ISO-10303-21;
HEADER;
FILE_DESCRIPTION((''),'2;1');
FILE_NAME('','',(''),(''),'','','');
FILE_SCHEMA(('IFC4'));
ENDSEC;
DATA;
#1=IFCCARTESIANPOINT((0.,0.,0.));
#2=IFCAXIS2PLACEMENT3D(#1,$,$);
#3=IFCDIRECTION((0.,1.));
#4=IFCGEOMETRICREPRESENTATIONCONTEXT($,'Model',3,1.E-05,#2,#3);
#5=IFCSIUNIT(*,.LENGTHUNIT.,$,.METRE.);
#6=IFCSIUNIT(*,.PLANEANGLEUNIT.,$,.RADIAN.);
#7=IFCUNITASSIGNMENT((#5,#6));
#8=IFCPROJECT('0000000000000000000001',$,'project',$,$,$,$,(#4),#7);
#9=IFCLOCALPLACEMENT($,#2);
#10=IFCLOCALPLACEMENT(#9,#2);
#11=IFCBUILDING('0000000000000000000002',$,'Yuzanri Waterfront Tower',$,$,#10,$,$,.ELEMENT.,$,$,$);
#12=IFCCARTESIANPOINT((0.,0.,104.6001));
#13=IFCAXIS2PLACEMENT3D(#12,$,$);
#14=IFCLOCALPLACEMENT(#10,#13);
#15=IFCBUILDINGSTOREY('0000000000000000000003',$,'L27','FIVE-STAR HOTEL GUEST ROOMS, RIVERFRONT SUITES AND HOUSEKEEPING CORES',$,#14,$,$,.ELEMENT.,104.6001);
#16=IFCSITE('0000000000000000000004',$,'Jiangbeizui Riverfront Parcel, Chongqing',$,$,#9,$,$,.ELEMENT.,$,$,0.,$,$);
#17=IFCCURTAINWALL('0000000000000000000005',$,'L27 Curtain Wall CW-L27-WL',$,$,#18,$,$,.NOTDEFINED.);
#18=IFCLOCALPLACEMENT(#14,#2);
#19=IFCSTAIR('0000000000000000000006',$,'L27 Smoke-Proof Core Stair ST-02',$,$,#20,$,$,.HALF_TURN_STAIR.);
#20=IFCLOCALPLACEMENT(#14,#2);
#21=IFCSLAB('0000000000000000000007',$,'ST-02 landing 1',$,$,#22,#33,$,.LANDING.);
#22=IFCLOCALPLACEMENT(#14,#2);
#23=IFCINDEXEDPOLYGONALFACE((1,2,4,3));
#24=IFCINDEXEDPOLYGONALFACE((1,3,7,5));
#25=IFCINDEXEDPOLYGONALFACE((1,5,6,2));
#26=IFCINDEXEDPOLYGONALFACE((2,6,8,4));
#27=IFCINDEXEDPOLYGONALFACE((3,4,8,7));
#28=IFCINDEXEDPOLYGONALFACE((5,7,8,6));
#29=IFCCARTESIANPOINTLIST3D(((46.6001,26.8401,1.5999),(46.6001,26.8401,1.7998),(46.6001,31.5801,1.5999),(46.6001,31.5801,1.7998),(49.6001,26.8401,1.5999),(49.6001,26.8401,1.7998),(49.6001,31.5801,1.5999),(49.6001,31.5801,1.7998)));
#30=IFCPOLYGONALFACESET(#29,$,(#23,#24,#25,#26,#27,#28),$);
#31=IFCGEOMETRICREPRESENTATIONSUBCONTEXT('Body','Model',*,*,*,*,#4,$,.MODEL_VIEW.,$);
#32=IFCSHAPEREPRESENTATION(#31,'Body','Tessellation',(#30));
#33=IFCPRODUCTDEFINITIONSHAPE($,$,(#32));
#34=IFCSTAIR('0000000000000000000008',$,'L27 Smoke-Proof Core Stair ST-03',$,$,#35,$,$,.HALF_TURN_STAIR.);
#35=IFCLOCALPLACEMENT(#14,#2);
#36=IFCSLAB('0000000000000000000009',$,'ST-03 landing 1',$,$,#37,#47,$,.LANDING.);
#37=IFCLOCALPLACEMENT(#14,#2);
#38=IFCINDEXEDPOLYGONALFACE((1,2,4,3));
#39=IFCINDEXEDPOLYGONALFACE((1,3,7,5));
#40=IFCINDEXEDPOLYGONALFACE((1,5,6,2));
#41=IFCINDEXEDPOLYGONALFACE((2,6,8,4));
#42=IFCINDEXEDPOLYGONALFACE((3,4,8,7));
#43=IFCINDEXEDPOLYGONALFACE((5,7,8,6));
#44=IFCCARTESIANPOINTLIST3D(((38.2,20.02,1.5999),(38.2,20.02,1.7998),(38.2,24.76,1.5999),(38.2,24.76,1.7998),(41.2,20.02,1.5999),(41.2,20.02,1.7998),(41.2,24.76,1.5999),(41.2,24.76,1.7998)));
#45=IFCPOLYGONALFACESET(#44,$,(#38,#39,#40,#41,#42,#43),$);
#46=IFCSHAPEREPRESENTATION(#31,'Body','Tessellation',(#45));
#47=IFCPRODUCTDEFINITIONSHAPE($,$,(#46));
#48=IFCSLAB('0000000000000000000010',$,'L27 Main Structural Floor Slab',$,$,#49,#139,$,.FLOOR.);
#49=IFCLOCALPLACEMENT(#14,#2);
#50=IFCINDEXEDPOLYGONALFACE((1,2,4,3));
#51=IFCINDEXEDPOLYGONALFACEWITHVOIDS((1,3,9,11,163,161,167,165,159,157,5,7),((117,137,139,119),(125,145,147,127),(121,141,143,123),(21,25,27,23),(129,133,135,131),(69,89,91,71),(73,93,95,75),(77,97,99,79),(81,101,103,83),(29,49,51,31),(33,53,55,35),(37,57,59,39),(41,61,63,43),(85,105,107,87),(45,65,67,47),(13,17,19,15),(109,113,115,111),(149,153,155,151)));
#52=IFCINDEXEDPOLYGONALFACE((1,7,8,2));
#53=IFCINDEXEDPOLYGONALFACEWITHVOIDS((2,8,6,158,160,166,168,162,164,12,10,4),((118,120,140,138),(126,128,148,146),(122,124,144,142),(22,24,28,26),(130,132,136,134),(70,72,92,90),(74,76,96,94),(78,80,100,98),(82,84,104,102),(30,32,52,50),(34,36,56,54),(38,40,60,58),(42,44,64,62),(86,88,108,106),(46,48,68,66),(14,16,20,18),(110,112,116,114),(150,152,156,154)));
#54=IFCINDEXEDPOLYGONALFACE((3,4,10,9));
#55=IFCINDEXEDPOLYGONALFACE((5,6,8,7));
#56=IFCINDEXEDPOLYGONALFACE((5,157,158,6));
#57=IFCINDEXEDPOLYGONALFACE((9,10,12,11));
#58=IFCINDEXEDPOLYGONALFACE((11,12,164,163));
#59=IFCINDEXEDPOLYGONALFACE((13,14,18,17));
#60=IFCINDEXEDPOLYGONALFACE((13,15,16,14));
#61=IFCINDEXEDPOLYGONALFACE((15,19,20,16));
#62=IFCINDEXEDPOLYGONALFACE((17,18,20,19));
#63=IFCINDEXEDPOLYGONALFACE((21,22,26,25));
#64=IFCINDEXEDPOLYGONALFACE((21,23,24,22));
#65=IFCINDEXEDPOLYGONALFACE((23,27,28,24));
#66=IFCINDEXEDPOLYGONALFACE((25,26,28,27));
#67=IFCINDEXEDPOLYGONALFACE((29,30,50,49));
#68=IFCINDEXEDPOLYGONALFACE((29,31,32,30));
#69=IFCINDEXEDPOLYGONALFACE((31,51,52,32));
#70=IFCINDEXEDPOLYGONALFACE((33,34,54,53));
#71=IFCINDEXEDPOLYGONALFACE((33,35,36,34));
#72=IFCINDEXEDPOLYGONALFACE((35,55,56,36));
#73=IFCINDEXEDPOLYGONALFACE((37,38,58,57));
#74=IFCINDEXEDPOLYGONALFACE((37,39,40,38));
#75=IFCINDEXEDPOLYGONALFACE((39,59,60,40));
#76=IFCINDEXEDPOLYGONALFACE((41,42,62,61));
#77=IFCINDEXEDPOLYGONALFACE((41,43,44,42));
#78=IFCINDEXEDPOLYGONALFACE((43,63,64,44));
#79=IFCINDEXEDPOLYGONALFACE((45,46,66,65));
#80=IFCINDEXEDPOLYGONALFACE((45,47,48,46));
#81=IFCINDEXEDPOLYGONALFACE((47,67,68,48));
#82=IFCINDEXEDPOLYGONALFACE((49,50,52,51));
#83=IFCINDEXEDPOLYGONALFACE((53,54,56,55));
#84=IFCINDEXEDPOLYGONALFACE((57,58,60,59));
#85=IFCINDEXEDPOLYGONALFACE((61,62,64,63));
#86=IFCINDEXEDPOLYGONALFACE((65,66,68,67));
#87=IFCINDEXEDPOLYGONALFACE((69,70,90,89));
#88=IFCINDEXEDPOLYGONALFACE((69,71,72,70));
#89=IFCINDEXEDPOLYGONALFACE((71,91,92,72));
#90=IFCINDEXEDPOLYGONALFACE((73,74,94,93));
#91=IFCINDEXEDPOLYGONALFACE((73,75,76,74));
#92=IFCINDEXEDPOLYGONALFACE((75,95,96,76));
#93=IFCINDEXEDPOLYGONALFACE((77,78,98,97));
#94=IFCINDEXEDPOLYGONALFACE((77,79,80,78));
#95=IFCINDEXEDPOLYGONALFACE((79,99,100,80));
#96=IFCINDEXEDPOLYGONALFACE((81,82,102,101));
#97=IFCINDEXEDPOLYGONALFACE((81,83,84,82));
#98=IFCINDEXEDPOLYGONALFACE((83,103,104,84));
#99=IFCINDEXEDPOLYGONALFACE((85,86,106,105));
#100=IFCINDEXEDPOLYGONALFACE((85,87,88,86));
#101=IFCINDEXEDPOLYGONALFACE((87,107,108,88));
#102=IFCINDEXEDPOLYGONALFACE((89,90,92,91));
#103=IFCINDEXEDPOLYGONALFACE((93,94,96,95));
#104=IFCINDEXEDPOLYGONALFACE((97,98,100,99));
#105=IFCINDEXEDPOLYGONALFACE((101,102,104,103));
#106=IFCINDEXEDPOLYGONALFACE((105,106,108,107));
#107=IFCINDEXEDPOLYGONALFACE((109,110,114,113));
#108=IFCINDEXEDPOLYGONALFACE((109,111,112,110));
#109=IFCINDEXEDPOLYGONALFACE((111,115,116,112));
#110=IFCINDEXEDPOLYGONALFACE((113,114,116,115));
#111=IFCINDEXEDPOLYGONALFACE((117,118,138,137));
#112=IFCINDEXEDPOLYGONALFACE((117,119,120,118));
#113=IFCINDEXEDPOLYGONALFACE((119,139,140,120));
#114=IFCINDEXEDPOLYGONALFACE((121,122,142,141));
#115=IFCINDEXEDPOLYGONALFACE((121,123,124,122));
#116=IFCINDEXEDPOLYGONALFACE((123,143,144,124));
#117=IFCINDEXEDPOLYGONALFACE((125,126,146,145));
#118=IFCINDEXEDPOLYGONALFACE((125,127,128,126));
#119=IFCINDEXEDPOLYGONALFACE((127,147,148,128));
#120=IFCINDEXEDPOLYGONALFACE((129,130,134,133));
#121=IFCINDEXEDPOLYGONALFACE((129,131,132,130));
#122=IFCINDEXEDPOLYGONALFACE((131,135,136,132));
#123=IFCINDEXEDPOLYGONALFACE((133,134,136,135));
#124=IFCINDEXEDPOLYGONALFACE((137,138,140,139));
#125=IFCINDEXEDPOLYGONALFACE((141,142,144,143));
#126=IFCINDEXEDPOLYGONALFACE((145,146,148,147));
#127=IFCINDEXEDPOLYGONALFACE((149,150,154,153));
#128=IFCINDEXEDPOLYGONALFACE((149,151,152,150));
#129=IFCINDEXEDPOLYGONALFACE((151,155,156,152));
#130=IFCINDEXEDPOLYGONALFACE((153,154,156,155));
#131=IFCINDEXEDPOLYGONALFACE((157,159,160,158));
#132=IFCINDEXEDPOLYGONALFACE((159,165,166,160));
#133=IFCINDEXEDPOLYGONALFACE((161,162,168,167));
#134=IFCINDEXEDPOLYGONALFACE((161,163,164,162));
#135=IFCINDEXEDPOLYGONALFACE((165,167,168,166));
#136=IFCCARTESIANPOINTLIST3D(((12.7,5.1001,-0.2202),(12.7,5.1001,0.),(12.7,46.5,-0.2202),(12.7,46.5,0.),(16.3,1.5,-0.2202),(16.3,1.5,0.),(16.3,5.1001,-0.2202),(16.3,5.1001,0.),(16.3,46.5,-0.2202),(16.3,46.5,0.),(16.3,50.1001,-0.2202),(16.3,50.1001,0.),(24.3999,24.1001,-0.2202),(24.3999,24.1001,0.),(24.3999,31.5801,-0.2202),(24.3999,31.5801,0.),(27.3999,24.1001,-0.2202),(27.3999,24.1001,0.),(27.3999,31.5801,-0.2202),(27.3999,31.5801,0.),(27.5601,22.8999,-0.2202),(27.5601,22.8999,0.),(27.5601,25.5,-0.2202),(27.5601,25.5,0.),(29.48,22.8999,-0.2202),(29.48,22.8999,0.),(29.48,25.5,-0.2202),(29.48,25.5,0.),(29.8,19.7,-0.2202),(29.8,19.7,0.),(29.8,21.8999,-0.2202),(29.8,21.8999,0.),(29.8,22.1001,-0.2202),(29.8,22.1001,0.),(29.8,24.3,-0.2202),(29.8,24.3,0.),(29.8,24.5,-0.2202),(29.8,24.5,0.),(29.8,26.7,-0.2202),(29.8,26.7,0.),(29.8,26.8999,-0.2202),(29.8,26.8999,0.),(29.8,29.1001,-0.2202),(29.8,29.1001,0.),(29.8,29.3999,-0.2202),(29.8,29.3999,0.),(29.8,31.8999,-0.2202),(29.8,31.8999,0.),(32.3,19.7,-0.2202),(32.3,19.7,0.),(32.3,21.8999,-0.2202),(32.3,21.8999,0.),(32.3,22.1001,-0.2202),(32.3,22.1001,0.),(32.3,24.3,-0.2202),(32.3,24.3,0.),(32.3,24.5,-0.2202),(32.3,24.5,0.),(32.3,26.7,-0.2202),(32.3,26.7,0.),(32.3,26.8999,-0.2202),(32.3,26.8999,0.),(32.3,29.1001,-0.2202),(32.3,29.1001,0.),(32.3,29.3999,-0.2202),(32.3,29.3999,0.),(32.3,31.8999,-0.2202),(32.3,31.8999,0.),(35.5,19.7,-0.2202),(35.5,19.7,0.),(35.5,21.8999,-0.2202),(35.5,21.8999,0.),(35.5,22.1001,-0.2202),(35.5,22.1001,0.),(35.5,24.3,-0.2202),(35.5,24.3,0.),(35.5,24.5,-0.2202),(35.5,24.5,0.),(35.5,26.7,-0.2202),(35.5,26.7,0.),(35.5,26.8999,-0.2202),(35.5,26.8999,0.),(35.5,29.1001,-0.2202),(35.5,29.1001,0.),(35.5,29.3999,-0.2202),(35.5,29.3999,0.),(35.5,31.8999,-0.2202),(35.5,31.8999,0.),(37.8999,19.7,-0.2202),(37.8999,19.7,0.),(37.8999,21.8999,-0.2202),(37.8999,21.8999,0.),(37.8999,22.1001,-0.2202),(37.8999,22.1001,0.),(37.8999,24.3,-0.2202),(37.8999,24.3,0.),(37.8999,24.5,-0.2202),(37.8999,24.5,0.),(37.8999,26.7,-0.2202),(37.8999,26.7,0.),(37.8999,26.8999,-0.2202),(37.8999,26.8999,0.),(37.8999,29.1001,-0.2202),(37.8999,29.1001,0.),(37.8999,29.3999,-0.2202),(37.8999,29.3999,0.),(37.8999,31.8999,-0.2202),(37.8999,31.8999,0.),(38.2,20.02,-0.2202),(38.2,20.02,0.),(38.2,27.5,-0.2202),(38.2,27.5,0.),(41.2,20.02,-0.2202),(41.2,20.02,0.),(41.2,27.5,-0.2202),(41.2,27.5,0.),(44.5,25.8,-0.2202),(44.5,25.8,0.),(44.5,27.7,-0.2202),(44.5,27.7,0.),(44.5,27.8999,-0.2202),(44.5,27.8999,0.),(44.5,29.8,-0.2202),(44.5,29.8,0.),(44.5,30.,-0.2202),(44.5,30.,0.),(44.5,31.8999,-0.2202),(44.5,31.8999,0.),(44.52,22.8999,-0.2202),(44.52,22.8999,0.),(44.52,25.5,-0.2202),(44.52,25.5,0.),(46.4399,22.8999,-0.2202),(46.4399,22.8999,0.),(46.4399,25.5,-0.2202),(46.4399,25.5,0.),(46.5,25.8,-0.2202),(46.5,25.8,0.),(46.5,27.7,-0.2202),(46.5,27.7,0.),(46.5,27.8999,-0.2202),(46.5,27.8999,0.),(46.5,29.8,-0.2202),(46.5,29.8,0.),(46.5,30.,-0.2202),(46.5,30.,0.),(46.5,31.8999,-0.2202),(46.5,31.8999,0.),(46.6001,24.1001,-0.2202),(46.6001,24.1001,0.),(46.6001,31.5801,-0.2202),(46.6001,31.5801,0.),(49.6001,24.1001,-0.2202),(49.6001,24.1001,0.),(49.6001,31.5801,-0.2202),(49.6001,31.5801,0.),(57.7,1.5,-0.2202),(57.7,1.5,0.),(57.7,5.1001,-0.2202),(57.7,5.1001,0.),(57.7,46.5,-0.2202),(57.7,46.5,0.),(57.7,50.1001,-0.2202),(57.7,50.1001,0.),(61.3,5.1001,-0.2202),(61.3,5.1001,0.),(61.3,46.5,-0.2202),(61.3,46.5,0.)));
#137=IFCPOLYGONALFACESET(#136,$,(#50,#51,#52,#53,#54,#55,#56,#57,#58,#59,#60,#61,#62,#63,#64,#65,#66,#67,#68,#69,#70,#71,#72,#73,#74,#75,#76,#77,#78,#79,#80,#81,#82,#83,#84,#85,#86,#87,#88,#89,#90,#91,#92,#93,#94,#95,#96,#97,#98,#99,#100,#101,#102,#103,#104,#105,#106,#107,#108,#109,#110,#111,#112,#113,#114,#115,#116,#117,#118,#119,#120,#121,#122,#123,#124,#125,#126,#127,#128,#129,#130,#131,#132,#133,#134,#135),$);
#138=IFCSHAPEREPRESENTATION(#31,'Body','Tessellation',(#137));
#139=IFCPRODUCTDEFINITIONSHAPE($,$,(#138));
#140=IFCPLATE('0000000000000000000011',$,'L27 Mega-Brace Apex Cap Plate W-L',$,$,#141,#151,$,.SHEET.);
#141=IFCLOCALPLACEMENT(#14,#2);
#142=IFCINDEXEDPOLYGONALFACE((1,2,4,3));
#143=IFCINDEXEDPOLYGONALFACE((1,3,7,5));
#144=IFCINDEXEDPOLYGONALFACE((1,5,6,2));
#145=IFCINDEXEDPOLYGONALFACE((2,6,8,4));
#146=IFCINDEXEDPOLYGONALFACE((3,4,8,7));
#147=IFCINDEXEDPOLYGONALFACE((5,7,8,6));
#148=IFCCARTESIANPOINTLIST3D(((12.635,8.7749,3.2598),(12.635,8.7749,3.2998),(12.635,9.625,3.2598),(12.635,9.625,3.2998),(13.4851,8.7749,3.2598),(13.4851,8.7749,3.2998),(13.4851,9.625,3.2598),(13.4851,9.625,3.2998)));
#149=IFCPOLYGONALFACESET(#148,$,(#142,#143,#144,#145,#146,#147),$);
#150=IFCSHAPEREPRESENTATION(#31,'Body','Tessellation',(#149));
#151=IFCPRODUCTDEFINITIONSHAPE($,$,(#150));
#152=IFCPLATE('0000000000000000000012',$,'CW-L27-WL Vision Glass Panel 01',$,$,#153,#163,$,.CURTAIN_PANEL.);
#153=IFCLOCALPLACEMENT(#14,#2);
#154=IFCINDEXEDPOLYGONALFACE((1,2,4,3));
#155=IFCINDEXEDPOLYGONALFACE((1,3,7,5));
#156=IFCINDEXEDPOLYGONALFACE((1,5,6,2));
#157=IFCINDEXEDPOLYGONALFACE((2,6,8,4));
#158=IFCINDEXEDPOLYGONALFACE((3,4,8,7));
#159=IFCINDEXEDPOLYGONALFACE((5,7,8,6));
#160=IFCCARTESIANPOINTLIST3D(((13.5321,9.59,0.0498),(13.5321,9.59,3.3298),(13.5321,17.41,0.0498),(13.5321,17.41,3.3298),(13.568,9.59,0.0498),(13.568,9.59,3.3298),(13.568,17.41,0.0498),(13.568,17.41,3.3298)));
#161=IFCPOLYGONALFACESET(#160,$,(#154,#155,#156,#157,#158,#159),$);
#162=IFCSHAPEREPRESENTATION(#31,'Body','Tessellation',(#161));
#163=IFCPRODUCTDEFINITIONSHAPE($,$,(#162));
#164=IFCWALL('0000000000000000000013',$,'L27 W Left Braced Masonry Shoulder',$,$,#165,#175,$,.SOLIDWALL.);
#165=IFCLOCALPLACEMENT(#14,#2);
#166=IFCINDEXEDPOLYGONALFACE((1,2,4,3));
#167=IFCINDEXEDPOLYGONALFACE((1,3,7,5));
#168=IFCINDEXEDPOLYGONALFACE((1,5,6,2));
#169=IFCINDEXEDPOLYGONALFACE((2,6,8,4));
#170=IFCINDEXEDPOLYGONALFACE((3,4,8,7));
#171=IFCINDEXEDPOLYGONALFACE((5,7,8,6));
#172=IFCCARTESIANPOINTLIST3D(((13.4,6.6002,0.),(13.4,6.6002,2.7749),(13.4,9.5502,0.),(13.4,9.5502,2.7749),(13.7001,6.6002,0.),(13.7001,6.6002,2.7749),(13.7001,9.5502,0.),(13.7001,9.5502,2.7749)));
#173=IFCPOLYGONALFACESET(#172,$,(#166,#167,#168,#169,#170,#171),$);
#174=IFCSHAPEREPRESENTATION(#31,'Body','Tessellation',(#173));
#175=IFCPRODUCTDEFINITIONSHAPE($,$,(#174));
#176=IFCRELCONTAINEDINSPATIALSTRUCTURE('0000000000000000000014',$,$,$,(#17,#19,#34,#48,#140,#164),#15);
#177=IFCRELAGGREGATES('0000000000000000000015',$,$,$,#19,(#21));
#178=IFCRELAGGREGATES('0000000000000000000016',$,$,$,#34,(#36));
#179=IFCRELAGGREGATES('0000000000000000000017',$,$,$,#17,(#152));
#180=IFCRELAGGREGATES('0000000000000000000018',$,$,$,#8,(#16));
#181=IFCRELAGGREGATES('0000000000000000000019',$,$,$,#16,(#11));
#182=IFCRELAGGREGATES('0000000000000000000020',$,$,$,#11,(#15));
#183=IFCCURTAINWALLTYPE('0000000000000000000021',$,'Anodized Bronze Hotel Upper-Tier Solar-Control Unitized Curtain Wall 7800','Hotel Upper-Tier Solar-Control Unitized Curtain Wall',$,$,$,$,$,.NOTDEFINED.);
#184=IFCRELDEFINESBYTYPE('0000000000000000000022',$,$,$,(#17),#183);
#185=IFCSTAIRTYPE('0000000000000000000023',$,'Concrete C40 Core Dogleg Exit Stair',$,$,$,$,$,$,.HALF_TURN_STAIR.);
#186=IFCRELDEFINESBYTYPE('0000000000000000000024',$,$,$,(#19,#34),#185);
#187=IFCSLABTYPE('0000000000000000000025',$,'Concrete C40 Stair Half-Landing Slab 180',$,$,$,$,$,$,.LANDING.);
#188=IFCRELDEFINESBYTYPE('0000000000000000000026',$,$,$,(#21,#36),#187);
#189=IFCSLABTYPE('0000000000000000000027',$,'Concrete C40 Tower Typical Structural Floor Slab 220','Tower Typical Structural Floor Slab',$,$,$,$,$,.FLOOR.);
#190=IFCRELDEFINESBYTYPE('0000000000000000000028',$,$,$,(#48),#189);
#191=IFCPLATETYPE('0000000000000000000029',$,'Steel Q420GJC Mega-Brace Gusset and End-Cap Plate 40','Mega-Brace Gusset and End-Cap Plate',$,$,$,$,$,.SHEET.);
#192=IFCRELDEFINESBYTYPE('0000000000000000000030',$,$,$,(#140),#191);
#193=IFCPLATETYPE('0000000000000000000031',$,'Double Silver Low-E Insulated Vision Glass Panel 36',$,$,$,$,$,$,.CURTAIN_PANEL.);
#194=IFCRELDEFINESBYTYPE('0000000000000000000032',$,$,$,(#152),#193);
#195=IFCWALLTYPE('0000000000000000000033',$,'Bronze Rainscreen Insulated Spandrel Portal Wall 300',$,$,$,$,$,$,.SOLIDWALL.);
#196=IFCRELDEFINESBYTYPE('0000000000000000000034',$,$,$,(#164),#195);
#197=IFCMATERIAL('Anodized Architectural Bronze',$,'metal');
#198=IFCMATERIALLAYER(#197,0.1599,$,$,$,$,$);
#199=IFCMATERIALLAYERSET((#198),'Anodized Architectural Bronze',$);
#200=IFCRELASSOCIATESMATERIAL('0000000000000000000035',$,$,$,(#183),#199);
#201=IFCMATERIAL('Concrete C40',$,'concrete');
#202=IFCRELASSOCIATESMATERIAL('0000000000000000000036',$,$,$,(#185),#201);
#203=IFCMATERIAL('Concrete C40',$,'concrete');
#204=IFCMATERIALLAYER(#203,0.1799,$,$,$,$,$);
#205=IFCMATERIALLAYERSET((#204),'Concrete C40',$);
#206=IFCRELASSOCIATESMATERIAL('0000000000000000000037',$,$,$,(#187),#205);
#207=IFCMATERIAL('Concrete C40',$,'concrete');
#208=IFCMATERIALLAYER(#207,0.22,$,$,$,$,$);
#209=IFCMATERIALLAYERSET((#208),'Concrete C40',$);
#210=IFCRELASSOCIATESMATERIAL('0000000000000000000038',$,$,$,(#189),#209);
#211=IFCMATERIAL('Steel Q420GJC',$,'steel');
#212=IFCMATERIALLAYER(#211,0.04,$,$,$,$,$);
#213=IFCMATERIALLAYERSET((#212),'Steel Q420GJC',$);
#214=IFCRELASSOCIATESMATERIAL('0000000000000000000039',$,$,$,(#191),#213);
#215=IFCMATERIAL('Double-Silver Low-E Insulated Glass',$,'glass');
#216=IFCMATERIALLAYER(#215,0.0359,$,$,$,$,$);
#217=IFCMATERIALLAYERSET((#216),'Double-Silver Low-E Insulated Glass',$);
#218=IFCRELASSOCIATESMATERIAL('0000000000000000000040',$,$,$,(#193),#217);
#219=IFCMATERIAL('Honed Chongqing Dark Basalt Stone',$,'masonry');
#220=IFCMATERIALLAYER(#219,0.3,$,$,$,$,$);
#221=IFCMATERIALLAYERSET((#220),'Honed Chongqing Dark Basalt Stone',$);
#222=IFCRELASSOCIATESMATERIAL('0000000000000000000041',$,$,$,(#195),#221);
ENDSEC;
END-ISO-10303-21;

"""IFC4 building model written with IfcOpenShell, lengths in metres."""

from ifc_helpers import new_model, si_unit, direction, frame, frame_2d, origin, origin_2d, place, context, subcontext, project, spatial, polyline, rectangle, outline, extrude, source, transform, mapped, material, layer, layer_set, type_object, element, aggregate, save


model = new_model("IFC4")

# Units and contexts
model_context = context("Model", 3, precision=1e-05, world=origin(), true_north=direction((0.0, 1.0)))
body_context = subcontext(model_context, "Body", "Model", "MODEL_VIEW")
ifc_project = project(units=[si_unit("LENGTHUNIT", "METRE"), si_unit("PLANEANGLEUNIT", "RADIAN")], contexts=[model_context])

# Site, building, storey
site_placement = place(None, origin())
site = spatial("IfcSite", under=ifc_project, at=site_placement, Name="Jiangbeizui Riverfront Parcel, Chongqing", CompositionType="ELEMENT", RefElevation=0.0)
building_placement = place(site_placement, origin())
building = spatial("IfcBuilding", under=site, at=building_placement, Name="Yuzanri Waterfront Tower", CompositionType="ELEMENT")
storey_placement = place(building_placement, frame((0.0, 0.0, 104.6001)))
storey = spatial("IfcBuildingStorey", under=building, at=storey_placement, Name="L27", Description="FIVE-STAR HOTEL GUEST ROOMS, RIVERFRONT SUITES AND HOUSEKEEPING CORES", CompositionType="ELEMENT", Elevation=104.6001)

# Curtain wall
ifc_material_1 = material(Name="Anodized Architectural Bronze", Category="metal")
ifc_layer_1 = layer(ifc_material_1, 0.1599)
ifc_layer_set_1 = layer_set([ifc_layer_1], Name="Anodized Architectural Bronze")
curtain_wall_type = type_object("IfcCurtainWallType", Name="Anodized Bronze Hotel Upper-Tier Solar-Control Unitized Curtain Wall 7800", Description="Hotel Upper-Tier Solar-Control Unitized Curtain Wall", PredefinedType="NOTDEFINED", material=ifc_layer_set_1)
curtain_wall_placement = place(storey_placement, origin())
curtain_wall = element("IfcCurtainWall", 1, at=curtain_wall_placement, inside=storey, type_object=curtain_wall_type, Name="L27 Curtain Wall CW-L27-WL", PredefinedType="NOTDEFINED")

# Stairs, slabs
ifc_material_2 = material(Name="Concrete C40", Category="concrete")
stair_type = type_object("IfcStairType", Name="Concrete C40 Core Dogleg Exit Stair", PredefinedType="HALF_TURN_STAIR", material=ifc_material_2)
ifc_material_3 = material(Name="Concrete C40", Category="concrete")
ifc_layer_2 = layer(ifc_material_3, 0.1799)
ifc_layer_set_2 = layer_set([ifc_layer_2], Name="Concrete C40")
slab_type_1 = type_object("IfcSlabType", Name="Concrete C40 Stair Half-Landing Slab 180", PredefinedType="LANDING", material=ifc_layer_set_2)
stair_1_placement = place(storey_placement, origin())
stair_1 = element("IfcStair", 2, at=stair_1_placement, inside=storey, type_object=stair_type, Name="L27 Smoke-Proof Core Stair ST-02", PredefinedType="HALF_TURN_STAIR")
slab_1_placement = place(storey_placement, frame((0.0, 0.0, 1.5999)))
slab_1 = element("IfcSlab", 3, at=slab_1_placement, type_object=slab_type_1, Name="ST-02 landing 1", PredefinedType="LANDING", context=body_context, shape_type="SweptSolid", body=[
    extrude(outline(polyline([(49.6001, 26.8401), (49.6001, 31.5801), (46.6001, 31.5801), (46.6001, 26.8401), (49.6001, 26.8401)])), origin(), (0.0, 0.0, 1.0), 0.2),
])
aggregate(stair_1, [slab_1])
stair_2_placement = place(storey_placement, origin())
stair_2 = element("IfcStair", 4, at=stair_2_placement, inside=storey, type_object=stair_type, Name="L27 Smoke-Proof Core Stair ST-03", PredefinedType="HALF_TURN_STAIR")
slab_2_placement = place(storey_placement, frame((0.0, 0.0, 1.5999)))
slab_2 = element("IfcSlab", 5, at=slab_2_placement, type_object=slab_type_1, Name="ST-03 landing 1", PredefinedType="LANDING", context=body_context, shape_type="SweptSolid", body=[
    extrude(outline(polyline([(38.2, 24.76), (38.2, 20.02), (41.2, 20.02), (41.2, 24.76), (38.2, 24.76)])), origin(), (0.0, 0.0, 1.0), 0.2),
])
aggregate(stair_2, [slab_2])

# Slab
ifc_material_4 = material(Name="Concrete C40", Category="concrete")
ifc_layer_3 = layer(ifc_material_4, 0.22)
ifc_layer_set_3 = layer_set([ifc_layer_3], Name="Concrete C40")
slab_type_2 = type_object("IfcSlabType", Name="Concrete C40 Tower Typical Structural Floor Slab 220", Description="Tower Typical Structural Floor Slab", PredefinedType="FLOOR", material=ifc_layer_set_3)
slab_3_placement = place(storey_placement, frame((0.0, 0.0, -0.2202)))
element("IfcSlab", 6, at=slab_3_placement, inside=storey, type_object=slab_type_2, Name="L27 Main Structural Floor Slab", PredefinedType="FLOOR", context=body_context, shape_type="SweptSolid", body=[
    extrude(outline(polyline([(16.3, 1.5), (57.7, 1.5), (57.7, 5.1001), (61.3, 5.1001), (61.3, 46.5), (57.7, 46.5), (57.7, 50.1001), (16.3, 50.1001), (16.3, 46.5), (12.7, 46.5), (12.7, 5.1001), (16.3, 5.1001), (16.3, 1.5)]), holes=[polyline([(27.3999, 24.1001), (27.3999, 31.5801), (24.3999, 31.5801), (24.3999, 24.1001), (27.3999, 24.1001)]), polyline([(49.6001, 24.1001), (49.6001, 31.5801), (46.6001, 31.5801), (46.6001, 24.1001), (49.6001, 24.1001)]), polyline([(38.2, 27.5), (38.2, 20.02), (41.2, 20.02), (41.2, 27.5), (38.2, 27.5)]), polyline([(27.5601, 22.8999), (29.48, 22.8999), (29.48, 25.5), (27.5601, 25.5), (27.5601, 22.8999)]), polyline([(44.52, 22.8999), (46.4399, 22.8999), (46.4399, 25.5), (44.52, 25.5), (44.52, 22.8999)]), polyline([(29.8, 19.7), (32.3, 19.7), (32.3, 21.8999), (29.8, 21.8999), (29.8, 19.7)]), polyline([(29.8, 22.1001), (32.3, 22.1001), (32.3, 24.3), (29.8, 24.3), (29.8, 22.1001)]), polyline([(29.8, 24.5), (32.3, 24.5), (32.3, 26.7), (29.8, 26.7), (29.8, 24.5)]), polyline([(29.8, 26.8999), (32.3, 26.8999), (32.3, 29.1001), (29.8, 29.1001), (29.8, 26.8999)]), polyline([(29.8, 29.3999), (32.3, 29.3999), (32.3, 31.8999), (29.8, 31.8999), (29.8, 29.3999)]), polyline([(35.5, 19.7), (37.8999, 19.7), (37.8999, 21.8999), (35.5, 21.8999), (35.5, 19.7)]), polyline([(35.5, 22.1001), (37.8999, 22.1001), (37.8999, 24.3), (35.5, 24.3), (35.5, 22.1001)]), polyline([(35.5, 24.5), (37.8999, 24.5), (37.8999, 26.7), (35.5, 26.7), (35.5, 24.5)]), polyline([(35.5, 26.8999), (37.8999, 26.8999), (37.8999, 29.1001), (35.5, 29.1001), (35.5, 26.8999)]), polyline([(35.5, 29.3999), (37.8999, 29.3999), (37.8999, 31.8999), (35.5, 31.8999), (35.5, 29.3999)]), polyline([(44.5, 25.8), (46.5, 25.8), (46.5, 27.7), (44.5, 27.7), (44.5, 25.8)]), polyline([(44.5, 27.8999), (46.5, 27.8999), (46.5, 29.8), (44.5, 29.8), (44.5, 27.8999)]), polyline([(44.5, 30.0), (46.5, 30.0), (46.5, 31.8999), (44.5, 31.8999), (44.5, 30.0)])]), origin(), (0.0, 0.0, 1.0), 0.2202),
])

# Plates
ifc_material_5 = material(Name="Steel Q420GJC", Category="steel")
ifc_layer_4 = layer(ifc_material_5, 0.04)
ifc_layer_set_4 = layer_set([ifc_layer_4], Name="Steel Q420GJC")
plate_type_1 = type_object("IfcPlateType", Name="Steel Q420GJC Mega-Brace Gusset and End-Cap Plate 40", Description="Mega-Brace Gusset and End-Cap Plate", PredefinedType="SHEET", material=ifc_layer_set_4)
shared_shape_1 = source(origin(), body_context, "Body", "SweptSolid", [
    extrude(rectangle(XDim=0.8501, YDim=0.8501, at=origin_2d()), origin(), (0.0, 0.0, 1.0), 0.04),
])
plate_1_placement = place(storey_placement, frame((13.0601, 9.2, 3.2598), z_axis=(0.0, 0.0, 1.0), x_axis=(1.0, 0.0, 0.0)))
element("IfcPlate", 7, at=plate_1_placement, inside=storey, type_object=plate_type_1, Name="L27 Mega-Brace Apex Cap Plate W-L", PredefinedType="SHEET", context=body_context, shape_type="MappedRepresentation", body=[
    mapped(shared_shape_1, transform((0.0, 0.0, 0.0), scale=1.0)),
])
ifc_material_6 = material(Name="Double-Silver Low-E Insulated Glass", Category="glass")
ifc_layer_5 = layer(ifc_material_6, 0.0359)
ifc_layer_set_5 = layer_set([ifc_layer_5], Name="Double-Silver Low-E Insulated Glass")
plate_type_2 = type_object("IfcPlateType", Name="Double Silver Low-E Insulated Vision Glass Panel 36", PredefinedType="CURTAIN_PANEL", material=ifc_layer_set_5)
shared_shape_2 = source(origin(), body_context, "Body", "SweptSolid", [
    extrude(rectangle(XDim=7.8201, YDim=0.0359, at=origin_2d()), origin(), (0.0, 0.0, 1.0), 3.28),
])
plate_2_placement = place(storey_placement, frame((13.55, 13.5, 0.0498), z_axis=(0.0, 0.0, 1.0), x_axis=(0.0, 1.0, 0.0)))
plate_2 = element("IfcPlate", 8, at=plate_2_placement, type_object=plate_type_2, Name="CW-L27-WL Vision Glass Panel 01", PredefinedType="CURTAIN_PANEL", context=body_context, shape_type="MappedRepresentation", body=[
    mapped(shared_shape_2, transform((0.0, 0.0, 0.0), scale=1.0)),
])
aggregate(curtain_wall, [plate_2])

# Wall
ifc_material_7 = material(Name="Honed Chongqing Dark Basalt Stone", Category="masonry")
ifc_layer_6 = layer(ifc_material_7, 0.3)
ifc_layer_set_6 = layer_set([ifc_layer_6], Name="Honed Chongqing Dark Basalt Stone")
wall_type_1 = type_object("IfcWallType", Name="Bronze Rainscreen Insulated Spandrel Portal Wall 300", PredefinedType="SOLIDWALL", material=ifc_layer_set_6)
shared_shape_3 = source(origin(), body_context, "Body", "SweptSolid", [
    extrude(rectangle(XDim=2.95, YDim=0.3, at=frame_2d((1.4751, 0.0))), origin(), (0.0, 0.0, 1.0), 2.7749),
])
wall_1_placement = place(storey_placement, frame((13.55, 6.6001, 0.0), z_axis=(0.0, 0.0, 1.0), x_axis=(0.0, 1.0, 0.0)))
element("IfcWall", 9, at=wall_1_placement, inside=storey, type_object=wall_type_1, Name="L27 W Left Braced Masonry Shoulder", PredefinedType="SOLIDWALL", context=body_context, shape_type="MappedRepresentation", body=[
    mapped(shared_shape_3, transform((0.0, 0.0, 0.0), scale=1.0)),
])

save(model, "model.ifc")
